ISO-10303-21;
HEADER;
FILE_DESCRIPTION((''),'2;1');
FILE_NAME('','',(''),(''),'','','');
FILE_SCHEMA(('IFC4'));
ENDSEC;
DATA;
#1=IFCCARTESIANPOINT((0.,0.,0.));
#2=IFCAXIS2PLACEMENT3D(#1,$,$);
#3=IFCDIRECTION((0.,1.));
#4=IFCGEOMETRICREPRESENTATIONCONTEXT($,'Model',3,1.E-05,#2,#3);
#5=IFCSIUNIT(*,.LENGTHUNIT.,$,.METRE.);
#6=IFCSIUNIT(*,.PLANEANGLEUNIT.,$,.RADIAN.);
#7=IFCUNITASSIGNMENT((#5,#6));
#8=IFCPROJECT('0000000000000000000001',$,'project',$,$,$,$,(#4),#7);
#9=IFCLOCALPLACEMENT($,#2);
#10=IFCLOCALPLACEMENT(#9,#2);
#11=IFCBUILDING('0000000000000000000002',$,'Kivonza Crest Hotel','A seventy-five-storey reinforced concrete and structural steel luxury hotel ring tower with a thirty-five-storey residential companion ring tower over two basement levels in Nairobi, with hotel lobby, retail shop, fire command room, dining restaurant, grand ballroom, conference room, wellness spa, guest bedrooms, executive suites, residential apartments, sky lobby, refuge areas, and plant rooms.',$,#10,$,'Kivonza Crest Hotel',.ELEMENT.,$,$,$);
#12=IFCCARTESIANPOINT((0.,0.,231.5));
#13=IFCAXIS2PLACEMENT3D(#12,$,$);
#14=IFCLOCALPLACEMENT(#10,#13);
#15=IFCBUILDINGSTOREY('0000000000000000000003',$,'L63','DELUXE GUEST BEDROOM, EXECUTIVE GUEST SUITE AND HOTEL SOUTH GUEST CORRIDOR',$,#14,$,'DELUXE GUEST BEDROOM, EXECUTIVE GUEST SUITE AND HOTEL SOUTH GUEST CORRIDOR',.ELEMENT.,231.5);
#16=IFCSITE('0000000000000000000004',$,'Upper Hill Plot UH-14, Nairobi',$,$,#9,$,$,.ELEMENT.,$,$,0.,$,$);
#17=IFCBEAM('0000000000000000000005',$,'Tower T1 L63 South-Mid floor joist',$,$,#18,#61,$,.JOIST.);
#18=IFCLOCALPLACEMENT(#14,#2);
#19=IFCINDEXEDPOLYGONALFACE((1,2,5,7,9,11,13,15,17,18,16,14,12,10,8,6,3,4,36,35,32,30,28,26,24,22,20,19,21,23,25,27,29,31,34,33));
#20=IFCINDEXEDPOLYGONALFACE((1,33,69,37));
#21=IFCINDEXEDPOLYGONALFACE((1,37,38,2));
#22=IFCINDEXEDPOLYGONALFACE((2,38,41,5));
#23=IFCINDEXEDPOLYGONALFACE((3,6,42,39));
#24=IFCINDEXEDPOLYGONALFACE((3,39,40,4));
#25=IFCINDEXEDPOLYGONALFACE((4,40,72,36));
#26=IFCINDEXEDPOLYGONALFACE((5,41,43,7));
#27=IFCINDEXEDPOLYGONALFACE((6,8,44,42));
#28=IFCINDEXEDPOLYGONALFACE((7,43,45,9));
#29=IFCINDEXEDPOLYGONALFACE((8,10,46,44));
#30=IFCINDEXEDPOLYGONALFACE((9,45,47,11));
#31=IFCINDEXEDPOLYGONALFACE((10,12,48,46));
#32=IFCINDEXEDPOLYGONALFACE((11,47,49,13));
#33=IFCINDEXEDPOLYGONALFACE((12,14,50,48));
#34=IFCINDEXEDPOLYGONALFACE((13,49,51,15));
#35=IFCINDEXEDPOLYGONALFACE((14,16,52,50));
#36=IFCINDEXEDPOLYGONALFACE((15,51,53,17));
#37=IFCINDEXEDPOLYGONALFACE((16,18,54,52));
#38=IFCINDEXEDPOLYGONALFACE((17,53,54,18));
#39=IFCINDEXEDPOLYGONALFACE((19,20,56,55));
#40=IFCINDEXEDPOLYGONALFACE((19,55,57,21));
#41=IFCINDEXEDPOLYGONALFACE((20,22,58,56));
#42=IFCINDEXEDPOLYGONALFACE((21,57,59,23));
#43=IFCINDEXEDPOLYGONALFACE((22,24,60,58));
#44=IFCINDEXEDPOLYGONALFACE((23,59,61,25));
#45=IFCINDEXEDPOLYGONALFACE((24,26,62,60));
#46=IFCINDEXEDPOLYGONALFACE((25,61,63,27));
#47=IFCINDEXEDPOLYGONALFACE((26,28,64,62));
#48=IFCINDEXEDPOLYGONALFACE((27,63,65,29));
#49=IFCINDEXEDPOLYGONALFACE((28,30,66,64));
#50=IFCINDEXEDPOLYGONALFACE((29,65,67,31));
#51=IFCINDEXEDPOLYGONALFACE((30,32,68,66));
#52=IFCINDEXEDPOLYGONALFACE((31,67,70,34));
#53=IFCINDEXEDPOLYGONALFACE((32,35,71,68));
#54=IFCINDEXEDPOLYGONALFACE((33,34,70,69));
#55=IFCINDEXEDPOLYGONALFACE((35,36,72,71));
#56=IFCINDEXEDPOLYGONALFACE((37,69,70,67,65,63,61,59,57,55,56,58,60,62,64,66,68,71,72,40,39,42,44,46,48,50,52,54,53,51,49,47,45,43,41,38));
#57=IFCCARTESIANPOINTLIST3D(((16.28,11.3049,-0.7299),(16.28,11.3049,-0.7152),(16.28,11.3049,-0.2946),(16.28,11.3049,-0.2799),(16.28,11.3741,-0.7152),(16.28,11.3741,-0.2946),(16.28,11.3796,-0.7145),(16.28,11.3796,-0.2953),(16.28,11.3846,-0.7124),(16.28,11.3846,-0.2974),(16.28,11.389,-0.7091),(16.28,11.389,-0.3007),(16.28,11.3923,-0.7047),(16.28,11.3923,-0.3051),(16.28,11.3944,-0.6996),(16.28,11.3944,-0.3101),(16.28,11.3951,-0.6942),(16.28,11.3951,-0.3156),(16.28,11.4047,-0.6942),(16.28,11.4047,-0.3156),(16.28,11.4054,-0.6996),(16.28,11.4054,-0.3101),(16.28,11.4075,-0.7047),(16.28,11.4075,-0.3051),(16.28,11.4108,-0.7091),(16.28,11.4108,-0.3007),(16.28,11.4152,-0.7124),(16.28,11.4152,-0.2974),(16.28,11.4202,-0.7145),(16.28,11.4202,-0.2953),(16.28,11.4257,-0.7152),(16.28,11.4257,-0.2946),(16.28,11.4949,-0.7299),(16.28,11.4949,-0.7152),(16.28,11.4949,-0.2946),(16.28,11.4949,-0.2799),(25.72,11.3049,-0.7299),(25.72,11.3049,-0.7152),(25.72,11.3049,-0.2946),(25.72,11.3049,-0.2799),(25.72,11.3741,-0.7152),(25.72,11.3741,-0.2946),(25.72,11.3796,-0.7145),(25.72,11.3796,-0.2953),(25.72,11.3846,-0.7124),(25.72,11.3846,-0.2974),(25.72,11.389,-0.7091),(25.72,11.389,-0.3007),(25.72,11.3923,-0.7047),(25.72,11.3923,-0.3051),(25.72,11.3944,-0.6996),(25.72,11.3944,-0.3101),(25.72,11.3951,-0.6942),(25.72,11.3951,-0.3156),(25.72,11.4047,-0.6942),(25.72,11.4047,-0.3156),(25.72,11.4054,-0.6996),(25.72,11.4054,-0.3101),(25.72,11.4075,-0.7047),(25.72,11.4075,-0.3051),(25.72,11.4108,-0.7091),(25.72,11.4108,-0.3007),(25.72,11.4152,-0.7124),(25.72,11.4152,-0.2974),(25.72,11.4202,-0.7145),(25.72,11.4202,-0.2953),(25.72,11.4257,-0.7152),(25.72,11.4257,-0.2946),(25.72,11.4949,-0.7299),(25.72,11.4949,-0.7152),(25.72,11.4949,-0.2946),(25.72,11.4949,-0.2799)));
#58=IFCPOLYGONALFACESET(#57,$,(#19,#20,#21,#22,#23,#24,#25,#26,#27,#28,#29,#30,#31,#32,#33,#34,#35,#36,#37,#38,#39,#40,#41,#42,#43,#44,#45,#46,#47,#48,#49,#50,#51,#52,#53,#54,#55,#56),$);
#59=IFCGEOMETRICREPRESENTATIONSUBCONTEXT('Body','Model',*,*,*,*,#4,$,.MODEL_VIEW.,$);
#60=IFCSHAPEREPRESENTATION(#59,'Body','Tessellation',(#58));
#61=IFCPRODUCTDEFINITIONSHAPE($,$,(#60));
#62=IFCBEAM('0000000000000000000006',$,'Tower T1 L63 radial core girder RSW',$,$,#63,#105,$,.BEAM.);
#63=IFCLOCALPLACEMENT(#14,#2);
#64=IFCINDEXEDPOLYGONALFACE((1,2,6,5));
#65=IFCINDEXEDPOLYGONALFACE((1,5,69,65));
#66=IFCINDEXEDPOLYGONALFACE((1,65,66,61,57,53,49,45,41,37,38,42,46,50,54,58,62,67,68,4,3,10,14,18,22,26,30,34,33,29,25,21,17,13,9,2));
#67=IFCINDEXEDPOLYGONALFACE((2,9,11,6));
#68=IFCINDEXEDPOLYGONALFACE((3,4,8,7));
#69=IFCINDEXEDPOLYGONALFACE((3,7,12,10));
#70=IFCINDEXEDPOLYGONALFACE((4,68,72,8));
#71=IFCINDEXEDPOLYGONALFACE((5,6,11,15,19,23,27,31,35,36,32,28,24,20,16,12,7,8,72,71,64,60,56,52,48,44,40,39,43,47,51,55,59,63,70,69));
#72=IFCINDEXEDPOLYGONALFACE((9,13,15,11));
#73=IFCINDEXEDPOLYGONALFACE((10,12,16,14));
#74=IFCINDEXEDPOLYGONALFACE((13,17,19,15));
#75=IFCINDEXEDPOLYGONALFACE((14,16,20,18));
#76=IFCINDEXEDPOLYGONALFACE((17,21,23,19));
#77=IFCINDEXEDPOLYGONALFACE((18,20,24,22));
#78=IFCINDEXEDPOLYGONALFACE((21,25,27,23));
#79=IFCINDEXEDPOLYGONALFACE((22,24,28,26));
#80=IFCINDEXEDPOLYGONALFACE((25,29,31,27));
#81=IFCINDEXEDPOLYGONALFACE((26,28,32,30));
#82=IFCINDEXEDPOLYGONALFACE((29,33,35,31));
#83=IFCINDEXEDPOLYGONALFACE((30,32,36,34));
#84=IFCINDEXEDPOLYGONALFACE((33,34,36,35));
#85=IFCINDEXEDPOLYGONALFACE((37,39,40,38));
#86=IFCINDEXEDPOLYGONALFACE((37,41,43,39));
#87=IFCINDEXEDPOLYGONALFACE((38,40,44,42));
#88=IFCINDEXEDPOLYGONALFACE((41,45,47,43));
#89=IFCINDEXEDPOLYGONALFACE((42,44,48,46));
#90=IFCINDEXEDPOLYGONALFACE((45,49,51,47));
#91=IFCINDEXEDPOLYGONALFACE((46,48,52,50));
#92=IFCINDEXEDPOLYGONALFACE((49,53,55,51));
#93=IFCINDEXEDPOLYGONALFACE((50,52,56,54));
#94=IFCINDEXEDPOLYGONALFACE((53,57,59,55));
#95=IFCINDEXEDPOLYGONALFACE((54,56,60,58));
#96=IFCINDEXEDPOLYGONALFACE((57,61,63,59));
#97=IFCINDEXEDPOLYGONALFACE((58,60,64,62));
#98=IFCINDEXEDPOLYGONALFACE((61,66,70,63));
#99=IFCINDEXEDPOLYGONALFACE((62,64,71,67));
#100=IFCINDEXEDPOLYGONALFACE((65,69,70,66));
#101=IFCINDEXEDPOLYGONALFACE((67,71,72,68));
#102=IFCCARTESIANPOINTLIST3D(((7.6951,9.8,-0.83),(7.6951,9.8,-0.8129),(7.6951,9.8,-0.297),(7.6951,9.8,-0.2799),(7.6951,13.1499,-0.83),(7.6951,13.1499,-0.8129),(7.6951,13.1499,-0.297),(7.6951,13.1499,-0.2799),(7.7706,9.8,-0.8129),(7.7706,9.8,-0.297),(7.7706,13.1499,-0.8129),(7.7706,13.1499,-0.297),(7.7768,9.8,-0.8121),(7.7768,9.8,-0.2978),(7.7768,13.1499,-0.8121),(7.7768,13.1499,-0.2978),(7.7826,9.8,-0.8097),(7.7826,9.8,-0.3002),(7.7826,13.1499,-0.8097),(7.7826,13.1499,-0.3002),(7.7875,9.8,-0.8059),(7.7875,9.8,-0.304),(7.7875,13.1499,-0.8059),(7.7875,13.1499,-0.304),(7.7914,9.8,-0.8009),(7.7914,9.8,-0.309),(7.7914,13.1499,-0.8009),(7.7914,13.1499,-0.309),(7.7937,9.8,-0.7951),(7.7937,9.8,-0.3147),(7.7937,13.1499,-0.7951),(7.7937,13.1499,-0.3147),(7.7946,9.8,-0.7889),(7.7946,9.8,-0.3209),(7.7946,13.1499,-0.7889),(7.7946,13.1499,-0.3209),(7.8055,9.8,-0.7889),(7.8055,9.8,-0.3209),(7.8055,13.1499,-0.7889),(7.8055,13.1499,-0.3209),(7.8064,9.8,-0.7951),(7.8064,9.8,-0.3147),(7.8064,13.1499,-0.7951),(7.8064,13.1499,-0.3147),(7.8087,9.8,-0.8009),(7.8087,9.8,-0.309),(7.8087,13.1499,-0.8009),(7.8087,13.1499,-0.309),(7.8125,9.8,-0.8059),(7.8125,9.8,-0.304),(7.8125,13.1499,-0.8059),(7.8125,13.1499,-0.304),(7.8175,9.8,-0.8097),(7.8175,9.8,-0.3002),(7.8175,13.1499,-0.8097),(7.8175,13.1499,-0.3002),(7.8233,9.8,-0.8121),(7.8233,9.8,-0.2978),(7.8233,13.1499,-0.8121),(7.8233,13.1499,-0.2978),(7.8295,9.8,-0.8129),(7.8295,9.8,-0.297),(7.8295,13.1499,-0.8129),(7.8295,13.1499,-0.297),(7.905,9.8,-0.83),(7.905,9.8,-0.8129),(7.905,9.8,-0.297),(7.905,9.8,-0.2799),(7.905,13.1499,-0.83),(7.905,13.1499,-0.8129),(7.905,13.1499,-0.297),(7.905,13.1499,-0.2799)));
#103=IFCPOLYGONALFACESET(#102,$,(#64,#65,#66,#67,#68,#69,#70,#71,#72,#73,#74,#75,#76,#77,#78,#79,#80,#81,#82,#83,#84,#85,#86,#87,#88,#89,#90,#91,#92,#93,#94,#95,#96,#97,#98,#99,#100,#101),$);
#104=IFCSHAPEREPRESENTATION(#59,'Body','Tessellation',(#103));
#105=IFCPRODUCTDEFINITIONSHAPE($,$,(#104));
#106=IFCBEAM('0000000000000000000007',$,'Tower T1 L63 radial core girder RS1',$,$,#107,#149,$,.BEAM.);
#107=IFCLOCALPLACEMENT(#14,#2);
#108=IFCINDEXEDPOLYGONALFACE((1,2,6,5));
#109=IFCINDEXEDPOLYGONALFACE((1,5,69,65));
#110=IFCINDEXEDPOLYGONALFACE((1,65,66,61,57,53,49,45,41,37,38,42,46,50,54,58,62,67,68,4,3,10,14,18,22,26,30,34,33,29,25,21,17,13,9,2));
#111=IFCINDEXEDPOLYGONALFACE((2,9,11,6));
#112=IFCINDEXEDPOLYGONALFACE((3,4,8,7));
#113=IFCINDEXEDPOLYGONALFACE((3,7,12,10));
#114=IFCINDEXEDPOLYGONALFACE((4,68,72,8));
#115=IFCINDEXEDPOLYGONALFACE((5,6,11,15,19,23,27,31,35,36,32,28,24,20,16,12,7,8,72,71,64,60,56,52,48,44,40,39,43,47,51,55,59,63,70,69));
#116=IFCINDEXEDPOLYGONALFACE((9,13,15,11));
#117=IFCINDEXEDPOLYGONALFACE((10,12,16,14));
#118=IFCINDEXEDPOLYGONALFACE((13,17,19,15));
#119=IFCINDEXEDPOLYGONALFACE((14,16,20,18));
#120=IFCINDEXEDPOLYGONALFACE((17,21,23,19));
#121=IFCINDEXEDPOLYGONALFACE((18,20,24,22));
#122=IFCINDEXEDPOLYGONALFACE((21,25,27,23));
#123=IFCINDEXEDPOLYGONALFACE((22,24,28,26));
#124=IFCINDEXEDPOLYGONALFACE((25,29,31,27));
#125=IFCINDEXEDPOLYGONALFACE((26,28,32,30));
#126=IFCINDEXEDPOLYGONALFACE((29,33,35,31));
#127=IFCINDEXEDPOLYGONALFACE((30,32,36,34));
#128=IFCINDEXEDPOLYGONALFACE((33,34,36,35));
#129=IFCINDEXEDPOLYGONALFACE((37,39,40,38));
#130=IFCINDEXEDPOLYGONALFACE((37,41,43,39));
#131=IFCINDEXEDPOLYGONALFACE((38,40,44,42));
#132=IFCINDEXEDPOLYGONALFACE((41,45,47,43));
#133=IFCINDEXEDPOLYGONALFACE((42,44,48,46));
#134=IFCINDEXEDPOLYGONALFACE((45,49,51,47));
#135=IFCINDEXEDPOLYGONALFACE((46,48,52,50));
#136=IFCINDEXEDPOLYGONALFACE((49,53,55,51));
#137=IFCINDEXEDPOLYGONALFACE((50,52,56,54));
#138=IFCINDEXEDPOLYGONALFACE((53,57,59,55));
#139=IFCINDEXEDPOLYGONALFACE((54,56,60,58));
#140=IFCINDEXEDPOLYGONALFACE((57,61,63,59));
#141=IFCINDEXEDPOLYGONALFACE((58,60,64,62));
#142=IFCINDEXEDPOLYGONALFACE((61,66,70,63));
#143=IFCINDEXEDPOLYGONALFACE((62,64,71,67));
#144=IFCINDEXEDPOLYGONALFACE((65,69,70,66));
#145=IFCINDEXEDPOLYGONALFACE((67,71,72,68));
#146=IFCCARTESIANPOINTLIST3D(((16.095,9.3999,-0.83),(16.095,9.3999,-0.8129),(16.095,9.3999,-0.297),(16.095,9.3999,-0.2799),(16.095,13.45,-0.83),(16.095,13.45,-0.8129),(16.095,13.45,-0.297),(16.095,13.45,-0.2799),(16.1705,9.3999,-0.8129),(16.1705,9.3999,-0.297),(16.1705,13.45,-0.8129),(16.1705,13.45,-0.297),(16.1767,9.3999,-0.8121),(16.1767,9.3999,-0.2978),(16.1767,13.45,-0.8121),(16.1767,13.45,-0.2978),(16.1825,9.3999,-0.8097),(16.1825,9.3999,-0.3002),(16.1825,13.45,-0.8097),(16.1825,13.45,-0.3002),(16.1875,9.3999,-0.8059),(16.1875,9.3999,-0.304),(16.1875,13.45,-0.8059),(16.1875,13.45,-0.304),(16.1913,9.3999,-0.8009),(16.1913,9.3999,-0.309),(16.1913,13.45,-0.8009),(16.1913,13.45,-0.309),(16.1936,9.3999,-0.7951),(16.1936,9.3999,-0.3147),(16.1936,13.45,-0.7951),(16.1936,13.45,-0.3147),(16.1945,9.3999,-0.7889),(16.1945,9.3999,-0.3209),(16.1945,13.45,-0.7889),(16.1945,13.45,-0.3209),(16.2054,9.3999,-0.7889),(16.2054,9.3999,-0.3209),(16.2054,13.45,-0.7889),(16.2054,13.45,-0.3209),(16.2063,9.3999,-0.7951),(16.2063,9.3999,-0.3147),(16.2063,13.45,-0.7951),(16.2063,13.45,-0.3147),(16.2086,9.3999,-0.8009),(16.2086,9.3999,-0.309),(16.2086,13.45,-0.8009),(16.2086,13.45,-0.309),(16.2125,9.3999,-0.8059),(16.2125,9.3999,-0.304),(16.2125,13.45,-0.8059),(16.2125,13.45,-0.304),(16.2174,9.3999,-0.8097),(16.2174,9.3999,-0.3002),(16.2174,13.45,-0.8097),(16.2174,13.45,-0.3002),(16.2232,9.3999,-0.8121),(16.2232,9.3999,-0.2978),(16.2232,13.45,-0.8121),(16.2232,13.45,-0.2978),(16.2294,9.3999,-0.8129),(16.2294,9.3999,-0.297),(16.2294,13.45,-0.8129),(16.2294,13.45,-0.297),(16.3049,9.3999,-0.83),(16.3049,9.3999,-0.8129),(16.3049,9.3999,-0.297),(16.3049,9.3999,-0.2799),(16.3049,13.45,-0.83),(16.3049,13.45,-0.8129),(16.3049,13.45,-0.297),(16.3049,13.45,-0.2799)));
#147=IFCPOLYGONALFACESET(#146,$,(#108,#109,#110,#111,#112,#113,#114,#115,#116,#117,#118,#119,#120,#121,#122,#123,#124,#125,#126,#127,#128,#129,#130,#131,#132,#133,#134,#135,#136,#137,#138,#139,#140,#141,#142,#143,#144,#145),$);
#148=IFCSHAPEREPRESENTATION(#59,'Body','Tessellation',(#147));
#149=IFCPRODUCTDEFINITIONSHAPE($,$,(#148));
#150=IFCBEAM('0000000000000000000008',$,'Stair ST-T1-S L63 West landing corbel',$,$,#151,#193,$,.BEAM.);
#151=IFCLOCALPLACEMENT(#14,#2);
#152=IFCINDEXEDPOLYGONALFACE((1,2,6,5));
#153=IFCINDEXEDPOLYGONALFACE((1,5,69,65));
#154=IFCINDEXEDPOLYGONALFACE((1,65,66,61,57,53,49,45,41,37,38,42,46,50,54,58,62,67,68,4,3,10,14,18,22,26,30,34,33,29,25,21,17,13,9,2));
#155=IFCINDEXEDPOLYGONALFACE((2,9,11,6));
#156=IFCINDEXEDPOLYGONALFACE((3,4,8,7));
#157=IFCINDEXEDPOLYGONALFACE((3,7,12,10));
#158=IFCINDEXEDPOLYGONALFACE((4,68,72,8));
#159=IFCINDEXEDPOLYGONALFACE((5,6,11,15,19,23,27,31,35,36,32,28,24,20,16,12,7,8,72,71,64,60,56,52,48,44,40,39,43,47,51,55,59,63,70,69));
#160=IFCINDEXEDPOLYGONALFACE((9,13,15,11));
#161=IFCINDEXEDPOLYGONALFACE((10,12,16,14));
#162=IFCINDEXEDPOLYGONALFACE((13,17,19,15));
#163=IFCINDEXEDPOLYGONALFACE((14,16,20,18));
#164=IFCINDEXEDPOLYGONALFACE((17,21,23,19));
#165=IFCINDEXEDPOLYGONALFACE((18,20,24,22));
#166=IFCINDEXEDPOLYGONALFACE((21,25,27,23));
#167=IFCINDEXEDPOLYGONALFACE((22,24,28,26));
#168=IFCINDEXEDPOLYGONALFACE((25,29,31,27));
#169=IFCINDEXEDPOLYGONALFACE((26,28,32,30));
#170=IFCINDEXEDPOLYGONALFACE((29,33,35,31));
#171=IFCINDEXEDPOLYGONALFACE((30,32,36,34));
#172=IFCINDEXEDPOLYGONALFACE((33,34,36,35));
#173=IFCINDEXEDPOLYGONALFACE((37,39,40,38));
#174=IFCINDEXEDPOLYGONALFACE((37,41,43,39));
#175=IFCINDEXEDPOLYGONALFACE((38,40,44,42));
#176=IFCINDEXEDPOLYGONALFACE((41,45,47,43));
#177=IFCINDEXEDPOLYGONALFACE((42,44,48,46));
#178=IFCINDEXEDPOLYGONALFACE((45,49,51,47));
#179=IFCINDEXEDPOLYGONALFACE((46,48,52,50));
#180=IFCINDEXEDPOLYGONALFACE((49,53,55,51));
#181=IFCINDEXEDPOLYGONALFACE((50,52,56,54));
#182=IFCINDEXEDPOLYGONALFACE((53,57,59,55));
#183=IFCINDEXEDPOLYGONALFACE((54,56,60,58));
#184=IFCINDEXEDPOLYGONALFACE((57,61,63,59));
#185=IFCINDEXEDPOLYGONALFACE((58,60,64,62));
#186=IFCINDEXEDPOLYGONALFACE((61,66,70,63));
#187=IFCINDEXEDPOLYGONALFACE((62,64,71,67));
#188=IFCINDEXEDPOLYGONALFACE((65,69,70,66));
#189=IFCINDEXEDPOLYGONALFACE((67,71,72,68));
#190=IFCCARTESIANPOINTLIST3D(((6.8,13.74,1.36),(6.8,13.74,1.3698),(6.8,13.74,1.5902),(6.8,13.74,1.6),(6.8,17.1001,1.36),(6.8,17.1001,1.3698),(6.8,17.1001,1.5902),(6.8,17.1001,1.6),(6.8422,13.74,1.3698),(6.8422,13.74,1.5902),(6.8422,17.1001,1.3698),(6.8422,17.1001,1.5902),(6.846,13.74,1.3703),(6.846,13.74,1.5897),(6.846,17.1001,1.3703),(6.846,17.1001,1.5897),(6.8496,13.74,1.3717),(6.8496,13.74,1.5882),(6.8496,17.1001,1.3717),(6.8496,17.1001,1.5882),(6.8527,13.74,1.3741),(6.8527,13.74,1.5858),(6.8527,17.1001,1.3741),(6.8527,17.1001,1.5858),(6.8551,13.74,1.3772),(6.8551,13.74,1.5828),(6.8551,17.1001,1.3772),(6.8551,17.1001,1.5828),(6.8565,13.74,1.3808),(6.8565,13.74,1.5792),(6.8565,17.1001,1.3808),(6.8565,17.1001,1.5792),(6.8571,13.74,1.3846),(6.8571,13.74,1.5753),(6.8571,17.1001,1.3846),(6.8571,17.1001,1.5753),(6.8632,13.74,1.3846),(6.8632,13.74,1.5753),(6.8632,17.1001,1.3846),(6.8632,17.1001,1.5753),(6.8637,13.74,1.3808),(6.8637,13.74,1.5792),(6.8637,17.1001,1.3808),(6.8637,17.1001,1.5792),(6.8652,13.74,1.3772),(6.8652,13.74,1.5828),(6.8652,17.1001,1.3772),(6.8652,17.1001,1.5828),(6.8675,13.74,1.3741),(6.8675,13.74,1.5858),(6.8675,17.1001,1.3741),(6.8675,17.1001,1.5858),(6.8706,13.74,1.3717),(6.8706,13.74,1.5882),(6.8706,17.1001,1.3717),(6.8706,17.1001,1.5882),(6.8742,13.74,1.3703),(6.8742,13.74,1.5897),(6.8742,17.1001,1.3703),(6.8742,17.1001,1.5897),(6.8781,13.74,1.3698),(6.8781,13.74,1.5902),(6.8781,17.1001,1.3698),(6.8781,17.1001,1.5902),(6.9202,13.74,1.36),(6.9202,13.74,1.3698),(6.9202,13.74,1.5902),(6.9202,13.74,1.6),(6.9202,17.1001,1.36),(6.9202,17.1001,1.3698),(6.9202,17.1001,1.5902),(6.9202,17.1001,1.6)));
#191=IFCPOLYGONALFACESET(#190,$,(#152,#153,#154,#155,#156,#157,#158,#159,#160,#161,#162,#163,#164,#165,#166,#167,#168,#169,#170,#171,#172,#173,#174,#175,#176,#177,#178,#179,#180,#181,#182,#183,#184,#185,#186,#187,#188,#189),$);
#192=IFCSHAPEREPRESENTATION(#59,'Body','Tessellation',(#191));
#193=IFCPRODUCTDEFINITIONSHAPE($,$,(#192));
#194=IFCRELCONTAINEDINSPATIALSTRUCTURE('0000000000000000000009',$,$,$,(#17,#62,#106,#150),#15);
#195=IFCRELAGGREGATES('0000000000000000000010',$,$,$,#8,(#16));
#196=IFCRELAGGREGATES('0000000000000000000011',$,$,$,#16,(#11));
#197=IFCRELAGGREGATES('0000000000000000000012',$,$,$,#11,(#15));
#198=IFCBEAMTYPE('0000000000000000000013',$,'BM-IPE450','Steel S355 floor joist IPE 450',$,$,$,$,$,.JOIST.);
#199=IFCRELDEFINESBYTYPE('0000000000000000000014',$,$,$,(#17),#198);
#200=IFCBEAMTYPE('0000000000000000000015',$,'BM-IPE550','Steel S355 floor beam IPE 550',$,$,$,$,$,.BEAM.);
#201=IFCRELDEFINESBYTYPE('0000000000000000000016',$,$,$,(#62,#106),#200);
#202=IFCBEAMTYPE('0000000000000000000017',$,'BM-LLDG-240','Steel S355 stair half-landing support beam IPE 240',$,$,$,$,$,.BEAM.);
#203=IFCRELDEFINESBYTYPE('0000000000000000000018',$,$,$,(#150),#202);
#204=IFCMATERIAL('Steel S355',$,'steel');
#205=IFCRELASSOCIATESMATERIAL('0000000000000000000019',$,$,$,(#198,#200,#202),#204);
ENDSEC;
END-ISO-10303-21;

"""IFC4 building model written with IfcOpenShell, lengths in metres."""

from ifc_helpers import new_model, si_unit, direction, frame, origin, origin_2d, place, context, subcontext, project, spatial, i_section, extrude, material, material_profile, profile_set, type_object, element, save


model = new_model("IFC4")

# Units and contexts
model_context = context("Model", 3, precision=1e-05, world=origin(), true_north=direction((0.0, 1.0)))
body_context = subcontext(model_context, "Body", "Model", "MODEL_VIEW")
ifc_project = project(units=[si_unit("LENGTHUNIT", "METRE"), si_unit("PLANEANGLEUNIT", "RADIAN")], contexts=[model_context])

# Site, building, storey
site_placement = place(None, origin())
site = spatial("IfcSite", under=ifc_project, at=site_placement, Name="Upper Hill Plot UH-14, Nairobi", CompositionType="ELEMENT", RefElevation=0.0)
building_placement = place(site_placement, origin())
building = spatial("IfcBuilding", under=site, at=building_placement, Name="Kivonza Crest Hotel", Description="A seventy-five-storey reinforced concrete and structural steel luxury hotel ring tower with a thirty-five-storey residential companion ring tower over two basement levels in Nairobi, with hotel lobby, retail shop, fire command room, dining restaurant, grand ballroom, conference room, wellness spa, guest bedrooms, executive suites, residential apartments, sky lobby, refuge areas, and plant rooms.", LongName="Kivonza Crest Hotel", CompositionType="ELEMENT")
storey_placement = place(building_placement, frame((0.0, 0.0, 231.5)))
storey = spatial("IfcBuildingStorey", under=building, at=storey_placement, Name="L63", Description="DELUXE GUEST BEDROOM, EXECUTIVE GUEST SUITE AND HOTEL SOUTH GUEST CORRIDOR", LongName="DELUXE GUEST BEDROOM, EXECUTIVE GUEST SUITE AND HOTEL SOUTH GUEST CORRIDOR", CompositionType="ELEMENT", Elevation=231.5)

# Beams
ifc_material_1 = material(Name="Steel S355", Category="steel")
ifc_material_profile_1 = material_profile(ifc_material_1, i_section(OverallWidth=0.1899, OverallDepth=0.45, WebThickness=0.0095, FlangeThickness=0.0146, FilletRadius=0.021, at=origin_2d()), Name="IPE 450")
ifc_profile_set_1 = profile_set([ifc_material_profile_1], Name="Steel S355")
beam_type_1 = type_object("IfcBeamType", Name="BM-IPE450", Description="Steel S355 floor joist IPE 450", PredefinedType="JOIST", material=ifc_profile_set_1)
beam_1_placement = place(storey_placement, frame((16.28, 11.3999, -0.5049), z_axis=(1.0, 0.0, 0.0), x_axis=(0.0, 1.0, 0.0)))
element("IfcBeam", 1, at=beam_1_placement, inside=storey, type_object=beam_type_1, Name="Tower T1 L63 South-Mid floor joist", PredefinedType="JOIST", context=body_context, shape_type="SweptSolid", body=[
    extrude(i_section(OverallWidth=0.1899, OverallDepth=0.45, WebThickness=0.0095, FlangeThickness=0.0146, FilletRadius=0.021, at=origin_2d()), origin(), (0.0, 0.0, 1.0), 9.4399),
])
ifc_material_profile_2 = material_profile(ifc_material_1, i_section(OverallWidth=0.21, OverallDepth=0.55, WebThickness=0.011, FlangeThickness=0.0171, FilletRadius=0.0239, at=origin_2d()), Name="IPE 550")
ifc_profile_set_2 = profile_set([ifc_material_profile_2], Name="Steel S355")
beam_type_2 = type_object("IfcBeamType", Name="BM-IPE550", Description="Steel S355 floor beam IPE 550", PredefinedType="BEAM", material=ifc_profile_set_2)
beam_2_placement = place(storey_placement, frame((7.8, 9.8, -0.5549), z_axis=(0.0, 1.0, 0.0), x_axis=(-1.0, 0.0, 0.0)))
element("IfcBeam", 2, at=beam_2_placement, inside=storey, type_object=beam_type_2, Name="Tower T1 L63 radial core girder RSW", PredefinedType="BEAM", context=body_context, shape_type="SweptSolid", body=[
    extrude(i_section(OverallWidth=0.21, OverallDepth=0.55, WebThickness=0.011, FlangeThickness=0.0171, FilletRadius=0.0239, at=origin_2d()), origin(), (0.0, 0.0, 1.0), 3.3499),
])
beam_3_placement = place(storey_placement, frame((16.2, 9.3999, -0.5549), z_axis=(0.0, 1.0, 0.0), x_axis=(-1.0, 0.0, 0.0)))
element("IfcBeam", 3, at=beam_3_placement, inside=storey, type_object=beam_type_2, Name="Tower T1 L63 radial core girder RS1", PredefinedType="BEAM", context=body_context, shape_type="SweptSolid", body=[
    extrude(i_section(OverallWidth=0.21, OverallDepth=0.55, WebThickness=0.011, FlangeThickness=0.0171, FilletRadius=0.0239, at=origin_2d()), origin(), (0.0, 0.0, 1.0), 4.05),
])
ifc_material_profile_3 = material_profile(ifc_material_1, i_section(OverallWidth=0.1201, OverallDepth=0.24, WebThickness=0.0061, FlangeThickness=0.0098, FilletRadius=0.0149, at=origin_2d()), Name="IPE 240")
ifc_profile_set_3 = profile_set([ifc_material_profile_3], Name="Steel S355")
beam_type_3 = type_object("IfcBeamType", Name="BM-LLDG-240", Description="Steel S355 stair half-landing support beam IPE 240", PredefinedType="BEAM", material=ifc_profile_set_3)
beam_4_placement = place(storey_placement, frame((6.8601, 13.74, 1.48), z_axis=(0.0, 1.0, 0.0), x_axis=(-1.0, 0.0, 0.0)))
element("IfcBeam", 4, at=beam_4_placement, inside=storey, type_object=beam_type_3, Name="Stair ST-T1-S L63 West landing corbel", PredefinedType="BEAM", context=body_context, shape_type="SweptSolid", body=[
    extrude(i_section(OverallWidth=0.1201, OverallDepth=0.24, WebThickness=0.0061, FlangeThickness=0.0098, FilletRadius=0.0149, at=origin_2d()), origin(), (0.0, 0.0, 1.0), 3.3601),
])

save(model, "model.ifc")
